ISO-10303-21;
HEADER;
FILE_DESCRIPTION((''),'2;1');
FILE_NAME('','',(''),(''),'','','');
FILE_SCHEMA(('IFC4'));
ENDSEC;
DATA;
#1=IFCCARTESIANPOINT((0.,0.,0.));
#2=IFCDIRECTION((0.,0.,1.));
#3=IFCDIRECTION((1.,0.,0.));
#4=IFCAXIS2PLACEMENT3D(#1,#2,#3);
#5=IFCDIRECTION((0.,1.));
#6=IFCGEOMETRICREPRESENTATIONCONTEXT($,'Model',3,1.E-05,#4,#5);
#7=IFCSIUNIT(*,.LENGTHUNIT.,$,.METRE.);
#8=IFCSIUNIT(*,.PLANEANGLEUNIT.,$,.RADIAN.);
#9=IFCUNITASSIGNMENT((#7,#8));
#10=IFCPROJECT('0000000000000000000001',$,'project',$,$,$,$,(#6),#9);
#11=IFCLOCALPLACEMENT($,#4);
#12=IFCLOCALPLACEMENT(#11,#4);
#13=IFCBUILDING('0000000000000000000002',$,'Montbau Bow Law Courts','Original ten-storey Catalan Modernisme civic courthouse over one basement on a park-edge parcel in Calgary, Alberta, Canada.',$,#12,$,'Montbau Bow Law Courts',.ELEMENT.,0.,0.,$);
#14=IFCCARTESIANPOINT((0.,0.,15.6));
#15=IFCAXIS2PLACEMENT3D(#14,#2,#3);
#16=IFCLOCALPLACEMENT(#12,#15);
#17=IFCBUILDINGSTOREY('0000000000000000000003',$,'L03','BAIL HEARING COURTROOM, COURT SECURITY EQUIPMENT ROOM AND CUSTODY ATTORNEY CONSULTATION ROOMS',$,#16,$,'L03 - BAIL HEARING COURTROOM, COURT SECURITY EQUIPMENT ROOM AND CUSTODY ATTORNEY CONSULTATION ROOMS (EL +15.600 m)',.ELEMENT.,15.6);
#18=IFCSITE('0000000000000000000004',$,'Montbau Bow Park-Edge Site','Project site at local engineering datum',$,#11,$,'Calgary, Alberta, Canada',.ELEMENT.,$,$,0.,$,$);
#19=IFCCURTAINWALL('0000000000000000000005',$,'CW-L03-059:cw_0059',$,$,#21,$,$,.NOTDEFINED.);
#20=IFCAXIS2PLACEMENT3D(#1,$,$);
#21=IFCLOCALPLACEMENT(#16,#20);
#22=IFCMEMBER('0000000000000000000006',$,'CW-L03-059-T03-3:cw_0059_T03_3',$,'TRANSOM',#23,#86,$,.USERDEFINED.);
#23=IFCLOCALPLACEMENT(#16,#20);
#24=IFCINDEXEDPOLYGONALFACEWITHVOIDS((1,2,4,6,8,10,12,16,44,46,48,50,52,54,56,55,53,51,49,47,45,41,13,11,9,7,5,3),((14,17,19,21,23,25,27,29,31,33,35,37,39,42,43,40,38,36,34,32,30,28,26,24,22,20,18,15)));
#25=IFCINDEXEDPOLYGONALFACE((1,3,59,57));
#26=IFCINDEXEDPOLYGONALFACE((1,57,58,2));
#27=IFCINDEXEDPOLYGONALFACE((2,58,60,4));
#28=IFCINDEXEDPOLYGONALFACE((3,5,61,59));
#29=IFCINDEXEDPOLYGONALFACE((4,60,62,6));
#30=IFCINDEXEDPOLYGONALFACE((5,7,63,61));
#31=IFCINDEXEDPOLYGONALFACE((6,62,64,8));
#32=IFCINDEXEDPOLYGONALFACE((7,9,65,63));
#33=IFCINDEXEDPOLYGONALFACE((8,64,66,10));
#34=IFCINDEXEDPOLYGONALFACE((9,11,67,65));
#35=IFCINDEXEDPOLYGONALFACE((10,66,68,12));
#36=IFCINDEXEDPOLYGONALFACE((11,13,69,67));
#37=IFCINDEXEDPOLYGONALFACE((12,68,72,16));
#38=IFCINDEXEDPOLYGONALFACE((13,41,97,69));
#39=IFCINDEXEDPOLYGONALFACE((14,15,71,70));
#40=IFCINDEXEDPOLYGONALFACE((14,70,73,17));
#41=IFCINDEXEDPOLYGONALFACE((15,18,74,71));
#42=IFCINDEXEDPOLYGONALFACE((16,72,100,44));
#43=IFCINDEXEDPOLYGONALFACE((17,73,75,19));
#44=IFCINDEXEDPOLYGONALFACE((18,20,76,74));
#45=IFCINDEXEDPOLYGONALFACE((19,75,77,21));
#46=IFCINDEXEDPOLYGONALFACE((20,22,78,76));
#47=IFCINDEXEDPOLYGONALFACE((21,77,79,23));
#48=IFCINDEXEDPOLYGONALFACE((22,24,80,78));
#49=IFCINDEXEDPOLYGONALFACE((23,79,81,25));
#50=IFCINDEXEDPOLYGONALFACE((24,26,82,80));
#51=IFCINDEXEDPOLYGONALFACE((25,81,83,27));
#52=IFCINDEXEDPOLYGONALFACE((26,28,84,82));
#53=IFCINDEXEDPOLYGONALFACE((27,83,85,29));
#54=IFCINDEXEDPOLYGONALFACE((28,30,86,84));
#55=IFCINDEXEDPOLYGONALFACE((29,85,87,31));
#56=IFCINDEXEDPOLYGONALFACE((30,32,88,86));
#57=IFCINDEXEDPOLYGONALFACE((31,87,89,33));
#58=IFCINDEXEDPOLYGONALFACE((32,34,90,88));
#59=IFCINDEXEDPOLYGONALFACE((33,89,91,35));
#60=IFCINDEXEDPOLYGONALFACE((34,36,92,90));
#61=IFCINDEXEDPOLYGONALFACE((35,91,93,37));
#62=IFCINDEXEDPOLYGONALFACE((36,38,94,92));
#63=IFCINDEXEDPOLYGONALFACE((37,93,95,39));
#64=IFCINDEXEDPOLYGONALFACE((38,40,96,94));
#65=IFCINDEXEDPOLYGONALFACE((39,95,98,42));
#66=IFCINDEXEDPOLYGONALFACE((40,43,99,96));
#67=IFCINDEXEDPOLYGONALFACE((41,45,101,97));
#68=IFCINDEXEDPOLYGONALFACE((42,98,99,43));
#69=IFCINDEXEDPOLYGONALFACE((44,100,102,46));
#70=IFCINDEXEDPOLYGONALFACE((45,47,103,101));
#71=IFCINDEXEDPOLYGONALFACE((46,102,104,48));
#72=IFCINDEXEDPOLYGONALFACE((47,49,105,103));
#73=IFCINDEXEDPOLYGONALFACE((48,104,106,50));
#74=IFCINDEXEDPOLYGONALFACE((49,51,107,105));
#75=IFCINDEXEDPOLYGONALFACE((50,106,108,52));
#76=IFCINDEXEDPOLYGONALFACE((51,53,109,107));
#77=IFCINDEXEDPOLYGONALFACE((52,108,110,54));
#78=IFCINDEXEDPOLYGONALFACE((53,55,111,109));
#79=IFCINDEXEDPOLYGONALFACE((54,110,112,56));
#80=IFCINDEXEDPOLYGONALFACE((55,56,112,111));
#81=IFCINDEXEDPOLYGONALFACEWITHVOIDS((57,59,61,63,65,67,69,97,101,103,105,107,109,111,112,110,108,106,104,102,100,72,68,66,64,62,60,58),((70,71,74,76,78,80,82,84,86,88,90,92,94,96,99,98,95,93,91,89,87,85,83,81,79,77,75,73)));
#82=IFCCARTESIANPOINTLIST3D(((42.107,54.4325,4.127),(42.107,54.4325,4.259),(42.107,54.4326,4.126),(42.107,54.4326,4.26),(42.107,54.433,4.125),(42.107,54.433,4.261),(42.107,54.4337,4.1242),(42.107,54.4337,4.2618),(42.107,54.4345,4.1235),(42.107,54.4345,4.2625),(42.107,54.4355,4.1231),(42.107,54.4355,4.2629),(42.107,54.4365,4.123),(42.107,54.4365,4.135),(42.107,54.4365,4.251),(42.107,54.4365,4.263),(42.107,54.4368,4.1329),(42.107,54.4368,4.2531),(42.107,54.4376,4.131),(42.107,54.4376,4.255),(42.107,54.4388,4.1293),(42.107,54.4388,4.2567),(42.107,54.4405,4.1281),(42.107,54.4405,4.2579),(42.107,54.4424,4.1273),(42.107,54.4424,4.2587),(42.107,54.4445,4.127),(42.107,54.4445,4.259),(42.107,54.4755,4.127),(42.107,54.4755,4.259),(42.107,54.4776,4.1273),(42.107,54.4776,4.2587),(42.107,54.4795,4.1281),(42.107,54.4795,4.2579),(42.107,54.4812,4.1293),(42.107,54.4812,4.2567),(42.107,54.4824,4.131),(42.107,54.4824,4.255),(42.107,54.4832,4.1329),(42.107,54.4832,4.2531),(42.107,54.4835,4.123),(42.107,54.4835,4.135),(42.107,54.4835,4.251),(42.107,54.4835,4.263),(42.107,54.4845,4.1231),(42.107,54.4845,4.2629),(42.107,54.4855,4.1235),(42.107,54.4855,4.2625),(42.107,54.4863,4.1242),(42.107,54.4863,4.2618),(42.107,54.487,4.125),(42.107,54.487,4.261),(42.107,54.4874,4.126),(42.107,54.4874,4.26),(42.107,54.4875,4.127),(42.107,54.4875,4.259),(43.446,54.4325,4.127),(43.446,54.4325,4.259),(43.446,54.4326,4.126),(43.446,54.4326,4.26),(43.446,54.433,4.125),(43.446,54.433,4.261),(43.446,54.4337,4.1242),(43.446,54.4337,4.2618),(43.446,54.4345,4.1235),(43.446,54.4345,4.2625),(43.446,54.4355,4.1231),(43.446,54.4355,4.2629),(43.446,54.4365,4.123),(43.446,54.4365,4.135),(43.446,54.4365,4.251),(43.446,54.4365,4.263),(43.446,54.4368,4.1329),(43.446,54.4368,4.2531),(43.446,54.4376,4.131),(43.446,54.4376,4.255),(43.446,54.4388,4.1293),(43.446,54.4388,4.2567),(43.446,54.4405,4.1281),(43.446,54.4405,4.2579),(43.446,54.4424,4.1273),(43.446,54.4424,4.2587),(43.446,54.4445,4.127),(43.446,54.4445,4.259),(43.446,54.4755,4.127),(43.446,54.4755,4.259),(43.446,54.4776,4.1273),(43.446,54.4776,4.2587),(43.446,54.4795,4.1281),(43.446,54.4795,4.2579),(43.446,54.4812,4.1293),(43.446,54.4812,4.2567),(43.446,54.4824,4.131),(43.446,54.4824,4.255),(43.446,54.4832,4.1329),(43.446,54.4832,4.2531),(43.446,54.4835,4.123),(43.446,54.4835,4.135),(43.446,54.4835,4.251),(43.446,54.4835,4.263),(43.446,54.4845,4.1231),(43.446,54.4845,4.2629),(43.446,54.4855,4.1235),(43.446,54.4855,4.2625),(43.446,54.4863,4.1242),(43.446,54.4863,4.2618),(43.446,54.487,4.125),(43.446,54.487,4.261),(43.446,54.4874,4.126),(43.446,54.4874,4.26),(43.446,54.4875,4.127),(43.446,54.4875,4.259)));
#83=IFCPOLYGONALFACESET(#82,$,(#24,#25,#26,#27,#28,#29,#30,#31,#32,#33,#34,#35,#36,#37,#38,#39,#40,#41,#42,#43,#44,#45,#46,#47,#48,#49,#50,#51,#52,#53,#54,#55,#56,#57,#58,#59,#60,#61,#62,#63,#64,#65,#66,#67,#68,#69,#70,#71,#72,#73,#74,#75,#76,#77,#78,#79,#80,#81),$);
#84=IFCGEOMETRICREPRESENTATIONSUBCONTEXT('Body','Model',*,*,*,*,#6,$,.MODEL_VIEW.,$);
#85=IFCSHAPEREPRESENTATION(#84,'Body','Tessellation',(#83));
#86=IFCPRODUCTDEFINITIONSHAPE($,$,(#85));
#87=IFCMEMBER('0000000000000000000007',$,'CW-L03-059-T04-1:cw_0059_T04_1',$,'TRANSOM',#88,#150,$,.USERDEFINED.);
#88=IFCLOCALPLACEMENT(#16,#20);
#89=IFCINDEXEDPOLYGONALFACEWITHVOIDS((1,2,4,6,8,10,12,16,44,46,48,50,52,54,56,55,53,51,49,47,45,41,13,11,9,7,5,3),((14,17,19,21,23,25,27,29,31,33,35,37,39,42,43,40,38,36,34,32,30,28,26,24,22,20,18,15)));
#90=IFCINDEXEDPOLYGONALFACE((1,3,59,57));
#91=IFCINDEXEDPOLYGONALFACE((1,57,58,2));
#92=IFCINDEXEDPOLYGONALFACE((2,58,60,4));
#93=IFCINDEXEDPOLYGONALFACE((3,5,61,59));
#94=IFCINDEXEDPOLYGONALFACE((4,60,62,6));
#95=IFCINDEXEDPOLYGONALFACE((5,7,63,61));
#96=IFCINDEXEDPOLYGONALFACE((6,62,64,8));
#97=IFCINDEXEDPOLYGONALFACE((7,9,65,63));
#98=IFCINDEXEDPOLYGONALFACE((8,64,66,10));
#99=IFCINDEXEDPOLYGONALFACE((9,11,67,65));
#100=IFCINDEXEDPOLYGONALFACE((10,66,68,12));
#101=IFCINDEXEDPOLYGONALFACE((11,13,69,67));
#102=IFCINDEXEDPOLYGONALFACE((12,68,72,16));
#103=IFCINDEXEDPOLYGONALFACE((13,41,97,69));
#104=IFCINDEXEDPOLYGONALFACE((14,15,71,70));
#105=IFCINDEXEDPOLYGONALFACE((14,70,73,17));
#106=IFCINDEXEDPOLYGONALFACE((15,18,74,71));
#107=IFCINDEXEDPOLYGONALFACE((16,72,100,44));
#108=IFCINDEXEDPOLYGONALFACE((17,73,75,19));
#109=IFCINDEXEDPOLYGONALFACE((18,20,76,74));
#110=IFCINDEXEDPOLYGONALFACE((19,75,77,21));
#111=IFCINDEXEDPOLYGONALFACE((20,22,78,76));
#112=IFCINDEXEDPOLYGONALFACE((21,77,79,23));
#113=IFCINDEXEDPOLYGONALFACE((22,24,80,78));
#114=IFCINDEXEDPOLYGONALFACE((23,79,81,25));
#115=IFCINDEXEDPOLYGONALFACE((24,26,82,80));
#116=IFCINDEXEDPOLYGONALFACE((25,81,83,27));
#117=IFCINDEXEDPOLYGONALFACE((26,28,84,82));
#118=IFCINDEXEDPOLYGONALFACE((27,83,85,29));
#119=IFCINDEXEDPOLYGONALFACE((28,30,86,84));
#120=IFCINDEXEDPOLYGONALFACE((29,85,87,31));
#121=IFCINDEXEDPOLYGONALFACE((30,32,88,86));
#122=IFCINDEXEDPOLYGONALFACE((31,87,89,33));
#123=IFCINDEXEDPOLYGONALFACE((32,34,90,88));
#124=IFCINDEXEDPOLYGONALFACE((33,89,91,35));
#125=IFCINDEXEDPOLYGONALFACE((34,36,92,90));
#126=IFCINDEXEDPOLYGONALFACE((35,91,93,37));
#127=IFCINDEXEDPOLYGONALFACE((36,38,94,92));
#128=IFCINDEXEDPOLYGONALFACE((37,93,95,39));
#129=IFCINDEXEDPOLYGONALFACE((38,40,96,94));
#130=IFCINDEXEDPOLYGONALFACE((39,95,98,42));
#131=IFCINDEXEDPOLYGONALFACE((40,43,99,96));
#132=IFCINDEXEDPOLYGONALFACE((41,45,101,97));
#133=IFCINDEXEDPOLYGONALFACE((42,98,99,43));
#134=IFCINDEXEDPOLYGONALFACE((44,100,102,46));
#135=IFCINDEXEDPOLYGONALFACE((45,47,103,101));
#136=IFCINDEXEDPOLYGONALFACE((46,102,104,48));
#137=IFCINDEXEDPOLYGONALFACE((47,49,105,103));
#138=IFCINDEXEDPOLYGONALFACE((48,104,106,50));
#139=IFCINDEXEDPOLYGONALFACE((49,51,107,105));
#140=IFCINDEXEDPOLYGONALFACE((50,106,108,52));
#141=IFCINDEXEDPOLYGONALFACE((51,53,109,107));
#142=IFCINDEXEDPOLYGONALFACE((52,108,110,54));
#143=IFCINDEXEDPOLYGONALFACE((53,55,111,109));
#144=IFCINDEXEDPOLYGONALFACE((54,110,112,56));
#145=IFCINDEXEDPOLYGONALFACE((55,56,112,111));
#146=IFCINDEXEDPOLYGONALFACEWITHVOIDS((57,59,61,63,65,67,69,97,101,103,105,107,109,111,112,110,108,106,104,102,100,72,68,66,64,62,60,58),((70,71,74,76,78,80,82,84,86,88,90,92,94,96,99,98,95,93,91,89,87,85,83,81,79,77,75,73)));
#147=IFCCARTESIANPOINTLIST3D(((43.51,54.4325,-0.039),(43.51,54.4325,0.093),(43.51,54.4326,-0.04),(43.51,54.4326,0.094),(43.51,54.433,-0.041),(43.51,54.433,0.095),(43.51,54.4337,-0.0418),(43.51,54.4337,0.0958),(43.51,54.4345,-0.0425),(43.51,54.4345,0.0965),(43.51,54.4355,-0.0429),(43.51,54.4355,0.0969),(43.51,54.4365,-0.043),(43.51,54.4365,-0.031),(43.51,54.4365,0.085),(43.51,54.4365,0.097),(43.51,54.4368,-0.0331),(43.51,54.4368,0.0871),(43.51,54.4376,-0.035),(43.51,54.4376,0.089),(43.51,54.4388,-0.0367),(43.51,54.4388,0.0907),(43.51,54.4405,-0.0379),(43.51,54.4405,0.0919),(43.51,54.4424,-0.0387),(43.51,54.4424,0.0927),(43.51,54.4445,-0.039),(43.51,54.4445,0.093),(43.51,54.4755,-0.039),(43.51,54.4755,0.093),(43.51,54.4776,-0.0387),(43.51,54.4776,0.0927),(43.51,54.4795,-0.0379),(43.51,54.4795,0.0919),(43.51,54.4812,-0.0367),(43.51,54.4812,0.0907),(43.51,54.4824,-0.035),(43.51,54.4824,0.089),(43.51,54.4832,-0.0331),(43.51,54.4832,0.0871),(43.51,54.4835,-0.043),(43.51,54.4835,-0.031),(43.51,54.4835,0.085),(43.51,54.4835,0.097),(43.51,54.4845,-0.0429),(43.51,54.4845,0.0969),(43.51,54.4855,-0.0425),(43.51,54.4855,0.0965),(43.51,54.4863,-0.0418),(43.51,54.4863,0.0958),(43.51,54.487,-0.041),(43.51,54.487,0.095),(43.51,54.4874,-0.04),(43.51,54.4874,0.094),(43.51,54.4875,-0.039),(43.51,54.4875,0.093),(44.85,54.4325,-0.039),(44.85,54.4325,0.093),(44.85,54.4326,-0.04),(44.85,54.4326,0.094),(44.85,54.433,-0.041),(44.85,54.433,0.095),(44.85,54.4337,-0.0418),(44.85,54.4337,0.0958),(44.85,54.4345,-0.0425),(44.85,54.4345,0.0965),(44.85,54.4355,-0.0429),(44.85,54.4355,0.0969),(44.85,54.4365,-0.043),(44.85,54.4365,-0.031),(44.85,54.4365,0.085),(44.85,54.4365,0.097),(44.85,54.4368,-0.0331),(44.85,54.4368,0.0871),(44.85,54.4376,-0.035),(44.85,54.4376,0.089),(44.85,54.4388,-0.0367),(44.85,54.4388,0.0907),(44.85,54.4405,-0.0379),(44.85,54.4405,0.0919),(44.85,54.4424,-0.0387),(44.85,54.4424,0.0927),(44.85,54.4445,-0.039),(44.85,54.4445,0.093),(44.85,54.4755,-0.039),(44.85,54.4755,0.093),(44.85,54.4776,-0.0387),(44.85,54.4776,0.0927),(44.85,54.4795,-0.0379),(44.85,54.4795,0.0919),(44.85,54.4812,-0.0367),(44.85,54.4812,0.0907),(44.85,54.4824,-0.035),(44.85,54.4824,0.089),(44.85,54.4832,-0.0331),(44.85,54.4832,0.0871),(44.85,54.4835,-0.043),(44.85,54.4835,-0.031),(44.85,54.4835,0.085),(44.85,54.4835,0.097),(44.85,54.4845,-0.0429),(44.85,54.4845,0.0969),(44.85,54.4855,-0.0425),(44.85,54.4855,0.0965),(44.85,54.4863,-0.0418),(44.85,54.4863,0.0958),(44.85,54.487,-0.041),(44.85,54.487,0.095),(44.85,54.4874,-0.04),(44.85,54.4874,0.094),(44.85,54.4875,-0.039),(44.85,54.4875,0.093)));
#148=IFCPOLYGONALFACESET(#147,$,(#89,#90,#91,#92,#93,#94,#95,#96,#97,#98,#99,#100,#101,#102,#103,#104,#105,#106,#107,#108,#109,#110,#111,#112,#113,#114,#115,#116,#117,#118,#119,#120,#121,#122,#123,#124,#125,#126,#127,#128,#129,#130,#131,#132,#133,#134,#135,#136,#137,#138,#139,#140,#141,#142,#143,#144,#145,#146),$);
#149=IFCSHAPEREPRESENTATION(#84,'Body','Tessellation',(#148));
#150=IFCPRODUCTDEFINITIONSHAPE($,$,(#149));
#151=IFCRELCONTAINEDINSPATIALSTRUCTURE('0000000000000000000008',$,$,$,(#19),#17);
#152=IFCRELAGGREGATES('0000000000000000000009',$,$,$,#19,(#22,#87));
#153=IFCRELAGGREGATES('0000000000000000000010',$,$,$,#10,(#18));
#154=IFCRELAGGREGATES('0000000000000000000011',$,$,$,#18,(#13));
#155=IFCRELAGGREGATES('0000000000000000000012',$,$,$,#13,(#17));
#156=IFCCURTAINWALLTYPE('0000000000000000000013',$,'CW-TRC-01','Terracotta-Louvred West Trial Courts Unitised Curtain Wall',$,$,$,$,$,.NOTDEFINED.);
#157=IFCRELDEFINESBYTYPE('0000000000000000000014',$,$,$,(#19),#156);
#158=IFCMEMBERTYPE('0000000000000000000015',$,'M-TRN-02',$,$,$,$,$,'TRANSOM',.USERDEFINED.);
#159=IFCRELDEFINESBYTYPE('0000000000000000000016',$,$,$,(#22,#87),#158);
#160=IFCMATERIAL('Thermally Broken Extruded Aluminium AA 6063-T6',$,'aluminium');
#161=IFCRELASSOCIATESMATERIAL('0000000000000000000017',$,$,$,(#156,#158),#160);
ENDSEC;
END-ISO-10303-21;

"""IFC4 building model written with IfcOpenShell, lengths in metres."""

from ifc_helpers import new_model, si_unit, direction, frame, origin_with_axes, origin_2d_with_axis, place, context, subcontext, project, spatial, hollow_rectangle, extrude, material, material_profile, profile_set, type_object, element, aggregate, save


model = new_model("IFC4")

# Units and contexts
model_context = context("Model", 3, precision=1e-05, world=origin_with_axes(), true_north=direction((0.0, 1.0)))
body_context = subcontext(model_context, "Body", "Model", "MODEL_VIEW")
ifc_project = project(units=[si_unit("LENGTHUNIT", "METRE"), si_unit("PLANEANGLEUNIT", "RADIAN")], contexts=[model_context])

# Site, building, storey
site_placement = place(None, origin_with_axes())
site = spatial("IfcSite", under=ifc_project, at=site_placement, Name="Montbau Bow Park-Edge Site", Description="Project site at local engineering datum", LongName="Calgary, Alberta, Canada", CompositionType="ELEMENT", RefElevation=0.0)
building_placement = place(site_placement, origin_with_axes())
building = spatial("IfcBuilding", under=site, at=building_placement, Name="Montbau Bow Law Courts", Description="Original ten-storey Catalan Modernisme civic courthouse over one basement on a park-edge parcel in Calgary, Alberta, Canada.", LongName="Montbau Bow Law Courts", CompositionType="ELEMENT", ElevationOfRefHeight=0.0, ElevationOfTerrain=0.0)
storey_placement = place(building_placement, frame((0.0, 0.0, 15.6), z_axis=(0.0, 0.0, 1.0), x_axis=(1.0, 0.0, 0.0)))
storey = spatial("IfcBuildingStorey", under=building, at=storey_placement, Name="L03", Description="BAIL HEARING COURTROOM, COURT SECURITY EQUIPMENT ROOM AND CUSTODY ATTORNEY CONSULTATION ROOMS", LongName="L03 - BAIL HEARING COURTROOM, COURT SECURITY EQUIPMENT ROOM AND CUSTODY ATTORNEY CONSULTATION ROOMS (EL +15.600 m)", CompositionType="ELEMENT", Elevation=15.6)

# Curtain wall, members
ifc_material_1 = material(Name="Thermally Broken Extruded Aluminium AA 6063-T6", Category="aluminium")
curtain_wall_type = type_object("IfcCurtainWallType", Name="CW-TRC-01", Description="Terracotta-Louvred West Trial Courts Unitised Curtain Wall", PredefinedType="NOTDEFINED", material=ifc_material_1)
curtain_wall_placement = place(None, frame((39.268, 54.46, 15.6), z_axis=(0.0, 0.0, 1.0), x_axis=(1.0, 0.0, 0.0)))
curtain_wall = element("IfcCurtainWall", 1, at=curtain_wall_placement, inside=storey, type_object=curtain_wall_type, Name="CW-L03-059:cw_0059", PredefinedType="NOTDEFINED")
ifc_material_profile_1 = material_profile(ifc_material_1, hollow_rectangle(XDim=0.055, YDim=0.14, WallThickness=0.004, InnerFilletRadius=0.008, OuterFilletRadius=0.004, at=origin_2d_with_axis()), Name="CWT-140X55", Category="Main", Priority=0)
ifc_profile_set_1 = profile_set([ifc_material_profile_1], Name="Thermally Broken Extruded Aluminium AA 6063-T6")
member_type_1 = type_object("IfcMemberType", Name="M-TRN-02", ElementType="TRANSOM", PredefinedType="USERDEFINED", material=ifc_profile_set_1)
member_1_placement = place(None, frame((42.107, 54.46, 19.793), z_axis=(1.0, 0.0, 0.0), x_axis=(0.0, 1.0, 0.0)))
member_1 = element("IfcMember", 2, at=member_1_placement, type_object=member_type_1, Name="CW-L03-059-T03-3:cw_0059_T03_3", ObjectType="TRANSOM", PredefinedType="USERDEFINED", context=body_context, shape_type="SweptSolid", body=[
    extrude(hollow_rectangle(XDim=0.055, YDim=0.14, WallThickness=0.004, InnerFilletRadius=0.008, OuterFilletRadius=0.004, at=origin_2d_with_axis()), origin_with_axes(), (0.0, 0.0, 1.0), 1.339),
])
member_2_placement = place(None, frame((43.51, 54.46, 15.627), z_axis=(1.0, 0.0, 0.0), x_axis=(0.0, 1.0, 0.0)))
member_2 = element("IfcMember", 3, at=member_2_placement, type_object=member_type_1, Name="CW-L03-059-T04-1:cw_0059_T04_1", ObjectType="TRANSOM", PredefinedType="USERDEFINED", context=body_context, shape_type="SweptSolid", body=[
    extrude(hollow_rectangle(XDim=0.055, YDim=0.14, WallThickness=0.004, InnerFilletRadius=0.008, OuterFilletRadius=0.004, at=origin_2d_with_axis()), origin_with_axes(), (0.0, 0.0, 1.0), 1.34),
])
aggregate(curtain_wall, [member_1, member_2])

save(model, "model.ifc")
